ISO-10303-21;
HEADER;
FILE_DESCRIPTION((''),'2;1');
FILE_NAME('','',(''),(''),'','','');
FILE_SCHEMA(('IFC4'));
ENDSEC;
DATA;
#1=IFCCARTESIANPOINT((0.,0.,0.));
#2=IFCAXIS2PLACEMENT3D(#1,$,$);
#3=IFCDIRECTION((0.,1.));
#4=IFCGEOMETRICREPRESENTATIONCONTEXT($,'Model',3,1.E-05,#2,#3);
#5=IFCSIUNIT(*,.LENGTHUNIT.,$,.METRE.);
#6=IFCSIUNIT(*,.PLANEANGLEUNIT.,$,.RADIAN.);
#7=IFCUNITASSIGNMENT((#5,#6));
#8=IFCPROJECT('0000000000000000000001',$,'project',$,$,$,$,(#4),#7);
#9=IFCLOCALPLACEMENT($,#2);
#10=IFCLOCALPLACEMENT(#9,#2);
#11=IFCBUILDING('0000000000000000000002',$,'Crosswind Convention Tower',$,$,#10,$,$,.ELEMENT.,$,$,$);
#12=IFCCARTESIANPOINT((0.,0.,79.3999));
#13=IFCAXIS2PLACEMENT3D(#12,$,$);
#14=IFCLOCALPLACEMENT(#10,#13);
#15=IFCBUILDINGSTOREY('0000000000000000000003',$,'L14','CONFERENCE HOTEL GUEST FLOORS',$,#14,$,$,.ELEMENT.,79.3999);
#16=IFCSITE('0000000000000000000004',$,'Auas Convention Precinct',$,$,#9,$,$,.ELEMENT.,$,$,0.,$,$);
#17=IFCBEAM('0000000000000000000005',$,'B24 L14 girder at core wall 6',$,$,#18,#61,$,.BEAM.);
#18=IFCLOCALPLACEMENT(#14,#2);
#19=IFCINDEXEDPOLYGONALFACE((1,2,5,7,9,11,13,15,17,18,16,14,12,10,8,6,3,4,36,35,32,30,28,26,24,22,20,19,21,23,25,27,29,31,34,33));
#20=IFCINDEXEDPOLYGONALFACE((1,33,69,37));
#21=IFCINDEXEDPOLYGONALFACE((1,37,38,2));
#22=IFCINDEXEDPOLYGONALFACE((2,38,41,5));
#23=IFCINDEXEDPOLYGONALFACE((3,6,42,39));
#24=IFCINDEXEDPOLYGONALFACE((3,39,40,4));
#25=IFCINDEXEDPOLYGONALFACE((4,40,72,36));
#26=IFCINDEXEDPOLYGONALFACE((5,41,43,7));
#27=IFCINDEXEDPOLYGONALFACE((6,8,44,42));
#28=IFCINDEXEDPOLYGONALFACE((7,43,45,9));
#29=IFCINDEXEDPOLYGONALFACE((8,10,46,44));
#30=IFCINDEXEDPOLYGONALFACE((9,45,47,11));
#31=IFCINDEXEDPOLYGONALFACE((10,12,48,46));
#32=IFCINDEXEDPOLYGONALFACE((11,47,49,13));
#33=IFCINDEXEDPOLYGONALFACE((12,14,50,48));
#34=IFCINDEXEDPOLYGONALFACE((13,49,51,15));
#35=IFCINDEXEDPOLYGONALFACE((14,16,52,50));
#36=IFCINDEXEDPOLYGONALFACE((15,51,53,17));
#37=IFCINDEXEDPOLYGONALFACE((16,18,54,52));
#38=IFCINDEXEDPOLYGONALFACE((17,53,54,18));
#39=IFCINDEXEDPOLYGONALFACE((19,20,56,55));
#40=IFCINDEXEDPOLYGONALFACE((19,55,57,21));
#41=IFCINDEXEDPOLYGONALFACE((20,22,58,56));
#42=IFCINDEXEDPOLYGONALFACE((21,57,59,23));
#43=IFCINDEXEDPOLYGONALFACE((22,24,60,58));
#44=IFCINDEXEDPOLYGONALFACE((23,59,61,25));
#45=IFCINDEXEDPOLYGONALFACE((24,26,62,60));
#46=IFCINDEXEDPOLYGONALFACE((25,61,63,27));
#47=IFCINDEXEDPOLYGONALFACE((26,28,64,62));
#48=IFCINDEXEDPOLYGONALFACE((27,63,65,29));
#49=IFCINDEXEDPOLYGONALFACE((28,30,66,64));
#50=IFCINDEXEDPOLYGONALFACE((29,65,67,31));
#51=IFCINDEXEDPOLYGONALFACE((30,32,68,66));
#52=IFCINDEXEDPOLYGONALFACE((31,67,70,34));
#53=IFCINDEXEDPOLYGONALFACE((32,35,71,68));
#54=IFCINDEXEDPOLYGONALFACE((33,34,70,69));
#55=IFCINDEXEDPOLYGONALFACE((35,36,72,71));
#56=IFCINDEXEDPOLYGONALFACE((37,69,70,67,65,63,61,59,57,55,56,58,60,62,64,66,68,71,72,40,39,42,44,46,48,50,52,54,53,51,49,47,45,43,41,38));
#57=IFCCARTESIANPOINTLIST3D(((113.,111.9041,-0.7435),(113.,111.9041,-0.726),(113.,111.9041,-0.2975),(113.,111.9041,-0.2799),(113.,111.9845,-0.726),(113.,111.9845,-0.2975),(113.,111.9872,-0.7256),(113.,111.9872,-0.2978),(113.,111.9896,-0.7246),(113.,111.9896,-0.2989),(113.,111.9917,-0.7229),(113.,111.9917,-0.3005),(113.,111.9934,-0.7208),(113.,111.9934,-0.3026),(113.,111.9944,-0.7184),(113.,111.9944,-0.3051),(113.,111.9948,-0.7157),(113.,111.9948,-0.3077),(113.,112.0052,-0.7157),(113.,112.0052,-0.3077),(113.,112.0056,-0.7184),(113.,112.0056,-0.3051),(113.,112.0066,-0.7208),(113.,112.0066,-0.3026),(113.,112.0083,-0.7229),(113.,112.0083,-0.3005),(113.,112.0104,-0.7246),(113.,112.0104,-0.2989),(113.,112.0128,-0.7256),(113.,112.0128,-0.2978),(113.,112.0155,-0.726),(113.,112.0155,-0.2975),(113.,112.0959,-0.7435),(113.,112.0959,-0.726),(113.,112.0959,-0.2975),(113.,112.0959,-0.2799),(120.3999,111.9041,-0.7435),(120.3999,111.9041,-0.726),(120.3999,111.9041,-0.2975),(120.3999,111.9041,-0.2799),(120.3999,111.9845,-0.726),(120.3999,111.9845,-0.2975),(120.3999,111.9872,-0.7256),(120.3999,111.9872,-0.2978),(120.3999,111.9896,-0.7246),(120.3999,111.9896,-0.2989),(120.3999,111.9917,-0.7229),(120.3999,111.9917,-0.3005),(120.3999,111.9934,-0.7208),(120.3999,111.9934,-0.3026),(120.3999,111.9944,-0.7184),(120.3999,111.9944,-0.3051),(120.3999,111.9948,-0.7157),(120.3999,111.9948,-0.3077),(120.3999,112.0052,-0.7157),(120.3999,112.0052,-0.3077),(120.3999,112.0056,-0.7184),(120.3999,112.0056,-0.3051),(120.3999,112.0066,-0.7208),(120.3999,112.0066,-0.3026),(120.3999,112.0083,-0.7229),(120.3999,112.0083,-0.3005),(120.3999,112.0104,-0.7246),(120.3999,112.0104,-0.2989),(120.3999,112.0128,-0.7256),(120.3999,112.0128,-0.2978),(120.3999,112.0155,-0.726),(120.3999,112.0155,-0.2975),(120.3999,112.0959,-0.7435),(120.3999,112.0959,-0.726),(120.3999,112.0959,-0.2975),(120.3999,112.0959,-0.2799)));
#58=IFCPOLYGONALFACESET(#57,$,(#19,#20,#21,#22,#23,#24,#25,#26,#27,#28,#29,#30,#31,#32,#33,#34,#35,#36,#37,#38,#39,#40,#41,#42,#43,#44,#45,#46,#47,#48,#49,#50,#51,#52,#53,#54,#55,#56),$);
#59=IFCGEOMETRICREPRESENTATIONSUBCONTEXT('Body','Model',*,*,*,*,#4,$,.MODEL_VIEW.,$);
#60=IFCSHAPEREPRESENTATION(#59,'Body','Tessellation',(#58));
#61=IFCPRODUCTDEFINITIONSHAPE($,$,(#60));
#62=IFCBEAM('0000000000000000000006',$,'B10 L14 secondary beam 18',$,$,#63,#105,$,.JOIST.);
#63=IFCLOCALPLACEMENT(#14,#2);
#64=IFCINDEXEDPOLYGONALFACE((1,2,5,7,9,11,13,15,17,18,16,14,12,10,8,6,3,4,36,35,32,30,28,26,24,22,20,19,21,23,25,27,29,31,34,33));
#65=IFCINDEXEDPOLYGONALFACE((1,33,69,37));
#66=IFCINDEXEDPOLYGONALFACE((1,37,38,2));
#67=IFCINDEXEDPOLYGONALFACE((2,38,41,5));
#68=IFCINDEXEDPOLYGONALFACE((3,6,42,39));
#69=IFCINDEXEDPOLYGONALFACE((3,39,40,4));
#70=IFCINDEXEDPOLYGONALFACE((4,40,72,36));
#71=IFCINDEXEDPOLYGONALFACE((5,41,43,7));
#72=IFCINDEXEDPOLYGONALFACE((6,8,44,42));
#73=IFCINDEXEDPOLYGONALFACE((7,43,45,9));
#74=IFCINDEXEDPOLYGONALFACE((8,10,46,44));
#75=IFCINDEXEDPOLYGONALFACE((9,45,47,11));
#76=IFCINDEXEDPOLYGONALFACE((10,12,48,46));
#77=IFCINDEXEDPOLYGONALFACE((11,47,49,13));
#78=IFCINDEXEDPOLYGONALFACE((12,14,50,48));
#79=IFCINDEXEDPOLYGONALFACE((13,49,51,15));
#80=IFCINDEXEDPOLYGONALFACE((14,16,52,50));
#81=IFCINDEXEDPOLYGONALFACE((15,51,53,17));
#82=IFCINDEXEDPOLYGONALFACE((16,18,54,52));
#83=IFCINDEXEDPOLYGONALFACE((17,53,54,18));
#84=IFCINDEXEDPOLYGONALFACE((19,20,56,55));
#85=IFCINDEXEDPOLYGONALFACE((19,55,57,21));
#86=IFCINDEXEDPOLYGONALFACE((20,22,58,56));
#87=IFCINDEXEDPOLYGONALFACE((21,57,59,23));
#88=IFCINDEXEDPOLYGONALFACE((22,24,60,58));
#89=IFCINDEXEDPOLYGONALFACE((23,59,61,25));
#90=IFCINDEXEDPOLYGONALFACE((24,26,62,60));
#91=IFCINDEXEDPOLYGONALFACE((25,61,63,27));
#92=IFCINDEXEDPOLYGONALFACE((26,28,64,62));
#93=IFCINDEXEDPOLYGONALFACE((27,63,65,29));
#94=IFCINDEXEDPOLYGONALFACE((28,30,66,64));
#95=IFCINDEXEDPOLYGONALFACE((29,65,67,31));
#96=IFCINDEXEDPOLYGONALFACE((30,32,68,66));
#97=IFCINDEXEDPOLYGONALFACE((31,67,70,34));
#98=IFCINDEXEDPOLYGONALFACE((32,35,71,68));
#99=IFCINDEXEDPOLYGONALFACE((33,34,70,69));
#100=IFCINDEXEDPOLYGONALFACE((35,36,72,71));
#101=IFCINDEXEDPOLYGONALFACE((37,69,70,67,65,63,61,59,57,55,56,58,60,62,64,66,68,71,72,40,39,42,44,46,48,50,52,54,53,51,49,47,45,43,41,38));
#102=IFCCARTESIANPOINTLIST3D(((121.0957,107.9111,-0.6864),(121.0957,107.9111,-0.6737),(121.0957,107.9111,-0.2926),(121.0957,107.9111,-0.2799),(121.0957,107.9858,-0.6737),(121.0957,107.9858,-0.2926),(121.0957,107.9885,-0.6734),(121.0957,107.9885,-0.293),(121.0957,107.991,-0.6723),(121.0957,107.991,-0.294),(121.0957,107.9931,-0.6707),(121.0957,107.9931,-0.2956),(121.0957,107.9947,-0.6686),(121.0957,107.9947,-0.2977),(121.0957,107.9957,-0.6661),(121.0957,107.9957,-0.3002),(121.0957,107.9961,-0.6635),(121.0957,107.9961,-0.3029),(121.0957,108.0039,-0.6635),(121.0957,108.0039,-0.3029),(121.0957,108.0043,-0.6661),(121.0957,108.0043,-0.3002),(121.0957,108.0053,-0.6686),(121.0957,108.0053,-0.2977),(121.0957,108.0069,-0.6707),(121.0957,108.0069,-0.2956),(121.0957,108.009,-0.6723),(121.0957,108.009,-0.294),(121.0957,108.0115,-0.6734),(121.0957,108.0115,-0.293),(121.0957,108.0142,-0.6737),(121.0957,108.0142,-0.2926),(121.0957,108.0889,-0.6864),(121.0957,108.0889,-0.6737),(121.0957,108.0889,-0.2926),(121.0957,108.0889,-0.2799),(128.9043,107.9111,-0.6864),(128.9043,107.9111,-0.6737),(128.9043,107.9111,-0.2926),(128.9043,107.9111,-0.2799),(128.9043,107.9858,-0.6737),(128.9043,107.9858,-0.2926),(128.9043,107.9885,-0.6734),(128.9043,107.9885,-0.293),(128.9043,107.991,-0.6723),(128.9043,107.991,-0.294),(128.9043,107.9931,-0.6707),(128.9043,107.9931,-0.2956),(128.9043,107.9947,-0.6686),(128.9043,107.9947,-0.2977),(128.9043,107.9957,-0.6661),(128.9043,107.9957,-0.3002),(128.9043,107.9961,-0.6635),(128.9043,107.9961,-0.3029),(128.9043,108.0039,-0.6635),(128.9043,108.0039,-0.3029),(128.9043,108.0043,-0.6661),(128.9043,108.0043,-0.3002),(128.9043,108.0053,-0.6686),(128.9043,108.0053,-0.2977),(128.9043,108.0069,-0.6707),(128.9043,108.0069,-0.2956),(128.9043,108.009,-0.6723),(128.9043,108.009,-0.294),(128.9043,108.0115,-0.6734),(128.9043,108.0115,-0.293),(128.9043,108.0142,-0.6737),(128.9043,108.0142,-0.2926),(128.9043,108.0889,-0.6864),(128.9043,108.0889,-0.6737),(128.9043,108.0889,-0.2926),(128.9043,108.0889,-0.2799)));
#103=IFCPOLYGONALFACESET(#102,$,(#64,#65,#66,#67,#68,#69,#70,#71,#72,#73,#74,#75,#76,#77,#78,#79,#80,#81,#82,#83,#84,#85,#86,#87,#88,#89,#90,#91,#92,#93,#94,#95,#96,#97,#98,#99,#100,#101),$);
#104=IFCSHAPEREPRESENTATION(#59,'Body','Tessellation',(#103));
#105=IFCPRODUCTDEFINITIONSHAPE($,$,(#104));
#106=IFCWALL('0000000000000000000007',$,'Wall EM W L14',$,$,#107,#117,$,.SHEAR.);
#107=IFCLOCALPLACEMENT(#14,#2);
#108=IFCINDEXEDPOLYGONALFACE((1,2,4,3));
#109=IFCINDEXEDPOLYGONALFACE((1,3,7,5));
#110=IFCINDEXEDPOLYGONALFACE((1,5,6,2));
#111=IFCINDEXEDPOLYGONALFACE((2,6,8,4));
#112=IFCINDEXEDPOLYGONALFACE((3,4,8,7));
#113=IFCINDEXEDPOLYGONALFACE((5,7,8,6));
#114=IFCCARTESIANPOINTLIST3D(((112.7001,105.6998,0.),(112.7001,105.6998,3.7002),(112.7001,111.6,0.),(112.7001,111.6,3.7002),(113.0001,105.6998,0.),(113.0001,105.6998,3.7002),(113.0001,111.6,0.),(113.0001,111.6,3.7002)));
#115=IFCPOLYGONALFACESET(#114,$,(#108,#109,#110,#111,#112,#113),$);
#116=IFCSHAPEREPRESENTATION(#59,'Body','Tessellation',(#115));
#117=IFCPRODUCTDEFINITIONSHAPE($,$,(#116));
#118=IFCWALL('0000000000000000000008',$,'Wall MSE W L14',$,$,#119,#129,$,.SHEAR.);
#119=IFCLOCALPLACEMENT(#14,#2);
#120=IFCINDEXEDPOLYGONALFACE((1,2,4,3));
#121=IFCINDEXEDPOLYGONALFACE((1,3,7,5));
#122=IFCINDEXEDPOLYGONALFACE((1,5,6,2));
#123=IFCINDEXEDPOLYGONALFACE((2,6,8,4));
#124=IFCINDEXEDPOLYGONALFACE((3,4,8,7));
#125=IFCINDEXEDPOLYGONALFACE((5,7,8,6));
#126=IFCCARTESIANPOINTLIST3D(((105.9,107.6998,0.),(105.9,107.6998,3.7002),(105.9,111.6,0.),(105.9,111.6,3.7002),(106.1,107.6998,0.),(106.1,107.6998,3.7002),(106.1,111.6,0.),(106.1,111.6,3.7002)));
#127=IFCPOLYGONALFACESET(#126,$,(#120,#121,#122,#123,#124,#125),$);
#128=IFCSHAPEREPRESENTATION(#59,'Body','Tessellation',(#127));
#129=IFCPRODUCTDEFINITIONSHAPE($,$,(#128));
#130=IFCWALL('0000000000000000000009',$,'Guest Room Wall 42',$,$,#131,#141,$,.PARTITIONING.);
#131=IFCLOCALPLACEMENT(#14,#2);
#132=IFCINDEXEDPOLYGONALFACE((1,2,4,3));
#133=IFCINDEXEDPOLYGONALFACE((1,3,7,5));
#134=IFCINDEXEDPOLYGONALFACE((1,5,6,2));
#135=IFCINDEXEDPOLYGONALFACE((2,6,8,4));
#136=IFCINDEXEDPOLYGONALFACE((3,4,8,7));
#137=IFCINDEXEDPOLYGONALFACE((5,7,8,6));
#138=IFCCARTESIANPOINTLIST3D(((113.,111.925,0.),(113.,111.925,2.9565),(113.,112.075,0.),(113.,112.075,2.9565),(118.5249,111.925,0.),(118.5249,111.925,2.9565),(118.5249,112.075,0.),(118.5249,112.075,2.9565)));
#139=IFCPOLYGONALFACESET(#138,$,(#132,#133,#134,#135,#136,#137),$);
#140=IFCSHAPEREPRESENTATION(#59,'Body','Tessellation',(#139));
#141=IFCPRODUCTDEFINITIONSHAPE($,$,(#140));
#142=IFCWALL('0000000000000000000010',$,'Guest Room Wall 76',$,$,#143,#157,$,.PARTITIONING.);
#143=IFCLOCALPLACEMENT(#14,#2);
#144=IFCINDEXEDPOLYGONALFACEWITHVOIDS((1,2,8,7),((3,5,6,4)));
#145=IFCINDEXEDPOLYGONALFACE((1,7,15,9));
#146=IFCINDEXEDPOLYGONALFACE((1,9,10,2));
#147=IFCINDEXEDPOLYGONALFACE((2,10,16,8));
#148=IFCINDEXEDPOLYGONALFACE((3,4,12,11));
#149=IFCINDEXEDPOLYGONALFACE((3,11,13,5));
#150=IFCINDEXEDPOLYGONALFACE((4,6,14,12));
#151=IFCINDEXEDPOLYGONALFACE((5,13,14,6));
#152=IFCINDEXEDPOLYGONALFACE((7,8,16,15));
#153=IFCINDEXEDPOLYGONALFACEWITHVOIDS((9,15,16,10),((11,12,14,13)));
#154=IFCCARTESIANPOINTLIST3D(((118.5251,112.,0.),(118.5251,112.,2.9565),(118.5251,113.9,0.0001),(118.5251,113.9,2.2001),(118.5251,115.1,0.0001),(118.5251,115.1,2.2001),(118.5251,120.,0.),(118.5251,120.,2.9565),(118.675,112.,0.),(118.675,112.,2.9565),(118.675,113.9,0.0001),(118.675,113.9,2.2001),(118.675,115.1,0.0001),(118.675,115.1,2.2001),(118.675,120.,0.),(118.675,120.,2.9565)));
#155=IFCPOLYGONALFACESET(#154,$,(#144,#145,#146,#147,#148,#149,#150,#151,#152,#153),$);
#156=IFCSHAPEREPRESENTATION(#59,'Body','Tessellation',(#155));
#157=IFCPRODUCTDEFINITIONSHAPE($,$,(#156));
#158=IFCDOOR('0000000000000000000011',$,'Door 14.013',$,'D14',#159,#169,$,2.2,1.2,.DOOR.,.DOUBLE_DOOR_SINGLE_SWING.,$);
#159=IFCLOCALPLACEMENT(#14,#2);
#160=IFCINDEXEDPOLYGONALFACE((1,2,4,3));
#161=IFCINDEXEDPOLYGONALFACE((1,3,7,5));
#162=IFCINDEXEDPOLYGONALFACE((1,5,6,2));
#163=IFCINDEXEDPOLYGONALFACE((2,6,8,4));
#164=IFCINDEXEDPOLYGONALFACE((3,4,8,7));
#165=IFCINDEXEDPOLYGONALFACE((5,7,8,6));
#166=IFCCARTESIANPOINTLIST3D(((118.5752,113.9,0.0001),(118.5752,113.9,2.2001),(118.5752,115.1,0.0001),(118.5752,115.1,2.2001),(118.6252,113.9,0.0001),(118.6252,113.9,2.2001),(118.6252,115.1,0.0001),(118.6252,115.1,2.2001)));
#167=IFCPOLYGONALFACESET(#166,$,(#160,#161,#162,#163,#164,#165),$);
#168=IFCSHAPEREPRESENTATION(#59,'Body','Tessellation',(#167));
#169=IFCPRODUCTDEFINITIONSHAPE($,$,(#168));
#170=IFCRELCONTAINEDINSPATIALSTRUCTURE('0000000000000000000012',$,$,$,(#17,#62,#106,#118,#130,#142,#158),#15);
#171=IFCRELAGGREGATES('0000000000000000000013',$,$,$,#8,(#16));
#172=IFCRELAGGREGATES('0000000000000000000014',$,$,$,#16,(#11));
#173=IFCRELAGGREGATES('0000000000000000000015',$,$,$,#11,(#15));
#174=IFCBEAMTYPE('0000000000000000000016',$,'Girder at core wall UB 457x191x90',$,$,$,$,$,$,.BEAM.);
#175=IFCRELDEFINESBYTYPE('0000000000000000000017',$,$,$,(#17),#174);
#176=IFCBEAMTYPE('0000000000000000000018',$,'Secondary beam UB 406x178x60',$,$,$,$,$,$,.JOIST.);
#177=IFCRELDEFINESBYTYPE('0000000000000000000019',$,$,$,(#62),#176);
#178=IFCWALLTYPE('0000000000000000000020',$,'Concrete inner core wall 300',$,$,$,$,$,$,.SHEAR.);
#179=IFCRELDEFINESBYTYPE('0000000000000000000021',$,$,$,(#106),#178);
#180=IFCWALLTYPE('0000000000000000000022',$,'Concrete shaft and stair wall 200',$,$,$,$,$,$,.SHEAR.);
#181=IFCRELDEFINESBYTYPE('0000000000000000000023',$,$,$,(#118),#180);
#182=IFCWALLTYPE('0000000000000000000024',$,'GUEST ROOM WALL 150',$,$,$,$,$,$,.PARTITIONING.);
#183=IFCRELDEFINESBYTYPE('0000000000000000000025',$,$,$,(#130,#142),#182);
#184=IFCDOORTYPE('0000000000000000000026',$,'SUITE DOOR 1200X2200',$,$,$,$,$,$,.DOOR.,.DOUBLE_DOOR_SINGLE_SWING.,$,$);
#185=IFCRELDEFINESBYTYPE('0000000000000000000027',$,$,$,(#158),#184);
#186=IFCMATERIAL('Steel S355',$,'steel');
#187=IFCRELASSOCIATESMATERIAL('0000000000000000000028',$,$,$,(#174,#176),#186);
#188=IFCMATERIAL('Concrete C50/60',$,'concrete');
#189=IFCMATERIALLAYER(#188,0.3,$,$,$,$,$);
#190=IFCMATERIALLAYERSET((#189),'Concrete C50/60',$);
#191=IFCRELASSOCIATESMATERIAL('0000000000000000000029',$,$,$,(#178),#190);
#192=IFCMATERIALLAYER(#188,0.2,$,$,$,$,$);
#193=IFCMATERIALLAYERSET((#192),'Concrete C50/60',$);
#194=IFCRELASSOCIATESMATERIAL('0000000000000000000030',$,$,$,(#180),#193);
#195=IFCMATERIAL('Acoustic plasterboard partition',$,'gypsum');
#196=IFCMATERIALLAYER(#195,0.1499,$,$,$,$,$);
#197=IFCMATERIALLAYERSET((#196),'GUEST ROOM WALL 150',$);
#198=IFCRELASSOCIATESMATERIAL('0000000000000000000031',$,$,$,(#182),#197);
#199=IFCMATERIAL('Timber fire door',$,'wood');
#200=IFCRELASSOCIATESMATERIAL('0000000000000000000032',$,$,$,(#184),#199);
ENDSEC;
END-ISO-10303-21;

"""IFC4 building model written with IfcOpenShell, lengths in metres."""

from ifc_helpers import new_model, si_unit, direction, frame, frame_2d, origin, origin_2d, place, context, subcontext, project, spatial, rectangle, i_section, extrude, material, layer, layer_set, material_profile, profile_set, type_object, element, fill, save


model = new_model("IFC4")

# Units and contexts
model_context = context("Model", 3, precision=1e-05, world=origin(), true_north=direction((0.0, 1.0)))
body_context = subcontext(model_context, "Body", "Model", "MODEL_VIEW")
ifc_project = project(units=[si_unit("LENGTHUNIT", "METRE"), si_unit("PLANEANGLEUNIT", "RADIAN")], contexts=[model_context])

# Site, building, storey
site_placement = place(None, origin())
site = spatial("IfcSite", under=ifc_project, at=site_placement, Name="Auas Convention Precinct", CompositionType="ELEMENT", RefElevation=0.0)
building_placement = place(site_placement, origin())
building = spatial("IfcBuilding", under=site, at=building_placement, Name="Crosswind Convention Tower", CompositionType="ELEMENT")
storey_placement = place(building_placement, frame((0.0, 0.0, 79.3999)))
storey = spatial("IfcBuildingStorey", under=building, at=storey_placement, Name="L14", Description="CONFERENCE HOTEL GUEST FLOORS", CompositionType="ELEMENT", Elevation=79.3999)

# Beams
ifc_material_1 = material(Name="Steel S355", Category="steel")
ifc_material_profile_1 = material_profile(ifc_material_1, i_section(OverallWidth=0.1919, OverallDepth=0.4636, WebThickness=0.0105, FlangeThickness=0.0176, FilletRadius=0.0103, at=origin_2d()), Name="UB 457x191x90")
ifc_profile_set_1 = profile_set([ifc_material_profile_1], Name="Steel S355")
beam_type_1 = type_object("IfcBeamType", Name="Girder at core wall UB 457x191x90", PredefinedType="BEAM", material=ifc_profile_set_1)
beam_1_placement = place(storey_placement, frame((113.0, 112.0, -0.5117), z_axis=(1.0, 0.0, 0.0), x_axis=(0.0, 1.0, 0.0)))
element("IfcBeam", 1, at=beam_1_placement, inside=storey, type_object=beam_type_1, Name="B24 L14 girder at core wall 6", PredefinedType="BEAM", context=body_context, shape_type="SweptSolid", body=[
    extrude(i_section(OverallWidth=0.1919, OverallDepth=0.4636, WebThickness=0.0105, FlangeThickness=0.0176, FilletRadius=0.0103, at=origin_2d()), origin(), (0.0, 0.0, 1.0), 7.3999),
])
ifc_material_profile_2 = material_profile(ifc_material_1, i_section(OverallWidth=0.1777, OverallDepth=0.4065, WebThickness=0.0078, FlangeThickness=0.0127, FilletRadius=0.0103, at=origin_2d()), Name="UB 406x178x60")
ifc_profile_set_2 = profile_set([ifc_material_profile_2], Name="Steel S355")
beam_type_2 = type_object("IfcBeamType", Name="Secondary beam UB 406x178x60", PredefinedType="JOIST", material=ifc_profile_set_2)
beam_2_placement = place(storey_placement, frame((121.0957, 108.0, -0.4832), z_axis=(1.0, 0.0, 0.0), x_axis=(0.0, 1.0, 0.0)))
element("IfcBeam", 2, at=beam_2_placement, inside=storey, type_object=beam_type_2, Name="B10 L14 secondary beam 18", PredefinedType="JOIST", context=body_context, shape_type="SweptSolid", body=[
    extrude(i_section(OverallWidth=0.1777, OverallDepth=0.4065, WebThickness=0.0078, FlangeThickness=0.0127, FilletRadius=0.0103, at=origin_2d()), origin(), (0.0, 0.0, 1.0), 7.8086),
])

# Walls
ifc_material_2 = material(Name="Concrete C50/60", Category="concrete")
ifc_layer_1 = layer(ifc_material_2, 0.3)
ifc_layer_set_1 = layer_set([ifc_layer_1], Name="Concrete C50/60")
wall_type_1 = type_object("IfcWallType", Name="Concrete inner core wall 300", PredefinedType="SHEAR", material=ifc_layer_set_1)
wall_1_placement = place(storey_placement, frame((112.8501, 111.6001, 0.0), z_axis=(0.0, 0.0, 1.0), x_axis=(0.0, -1.0, 0.0)))
element("IfcWall", 3, at=wall_1_placement, inside=storey, type_object=wall_type_1, Name="Wall EM W L14", PredefinedType="SHEAR", context=body_context, shape_type="SweptSolid", body=[
    extrude(rectangle(XDim=5.9001, YDim=0.3, at=frame_2d((2.9502, 0.0))), origin(), (0.0, 0.0, 1.0), 3.7002),
])
ifc_layer_2 = layer(ifc_material_2, 0.2)
ifc_layer_set_2 = layer_set([ifc_layer_2], Name="Concrete C50/60")
wall_type_2 = type_object("IfcWallType", Name="Concrete shaft and stair wall 200", PredefinedType="SHEAR", material=ifc_layer_set_2)
wall_2_placement = place(storey_placement, frame((106.0, 111.6001, 0.0), z_axis=(0.0, 0.0, 1.0), x_axis=(0.0, -1.0, 0.0)))
element("IfcWall", 4, at=wall_2_placement, inside=storey, type_object=wall_type_2, Name="Wall MSE W L14", PredefinedType="SHEAR", context=body_context, shape_type="SweptSolid", body=[
    extrude(rectangle(XDim=3.9001, YDim=0.2, at=frame_2d((1.9502, 0.0))), origin(), (0.0, 0.0, 1.0), 3.7002),
])
ifc_material_3 = material(Name="Acoustic plasterboard partition", Category="gypsum")
ifc_layer_3 = layer(ifc_material_3, 0.1499)
ifc_layer_set_3 = layer_set([ifc_layer_3], Name="GUEST ROOM WALL 150")
wall_type_3 = type_object("IfcWallType", Name="GUEST ROOM WALL 150", PredefinedType="PARTITIONING", material=ifc_layer_set_3)
wall_3_placement = place(storey_placement, frame((113.0, 112.0, 0.0), z_axis=(0.0, 0.0, 1.0), x_axis=(1.0, 0.0, 0.0)))
element("IfcWall", 5, at=wall_3_placement, inside=storey, type_object=wall_type_3, Name="Guest Room Wall 42", PredefinedType="PARTITIONING", context=body_context, shape_type="SweptSolid", body=[
    extrude(rectangle(XDim=5.5249, YDim=0.1499, at=frame_2d((2.7625, 0.0))), origin(), (0.0, 0.0, 1.0), 2.9565),
])

# Wall, opening, door
wall_4_placement = place(storey_placement, frame((118.6001, 112.0, 0.0), z_axis=(0.0, 0.0, 1.0), x_axis=(0.0, 1.0, 0.0)))
wall_4 = element("IfcWall", 6, at=wall_4_placement, inside=storey, type_object=wall_type_3, Name="Guest Room Wall 76", PredefinedType="PARTITIONING", context=body_context, shape_type="SweptSolid", body=[
    extrude(rectangle(XDim=8.0, YDim=0.1499, at=frame_2d((4.0, 0.0))), origin(), (0.0, 0.0, 1.0), 2.9565),
])
opening_1_placement = place(wall_4_placement, frame((1.8999, 0.0, 0.0)))
opening_1 = element("IfcOpeningElement", 7, at=opening_1_placement, cuts=wall_4, PredefinedType="OPENING", context=body_context, shape_type="SweptSolid", body=[
    extrude(rectangle(XDim=1.2, YDim=2.2, at=frame_2d((0.6001, 1.1001))), frame((0.0, 0.085, 0.0), z_axis=(0.0, -1.0, 0.0), x_axis=(1.0, 0.0, 0.0)), (0.0, 0.0, 1.0), 0.1699),
])
ifc_material_4 = material(Name="Timber fire door", Category="wood")
door_type_1 = type_object("IfcDoorType", Name="SUITE DOOR 1200X2200", OperationType="DOUBLE_DOOR_SINGLE_SWING", PredefinedType="DOOR", material=ifc_material_4)
door_1_placement = place(opening_1_placement, origin())
door_1 = element("IfcDoor", 8, at=door_1_placement, inside=storey, type_object=door_type_1, Name="Door 14.013", ObjectType="D14", OperationType="DOUBLE_DOOR_SINGLE_SWING", OverallHeight=2.2, OverallWidth=1.2, PredefinedType="DOOR", context=body_context, shape_type="SweptSolid", body=[
    extrude(rectangle(XDim=1.2, YDim=2.2, at=frame_2d((0.6001, 1.1001))), frame((0.0, 0.0249, 0.0), z_axis=(0.0, -1.0, 0.0), x_axis=(1.0, 0.0, 0.0)), (0.0, 0.0, 1.0), 0.05),
])
fill(opening_1, door_1)

save(model, "model.ifc")
